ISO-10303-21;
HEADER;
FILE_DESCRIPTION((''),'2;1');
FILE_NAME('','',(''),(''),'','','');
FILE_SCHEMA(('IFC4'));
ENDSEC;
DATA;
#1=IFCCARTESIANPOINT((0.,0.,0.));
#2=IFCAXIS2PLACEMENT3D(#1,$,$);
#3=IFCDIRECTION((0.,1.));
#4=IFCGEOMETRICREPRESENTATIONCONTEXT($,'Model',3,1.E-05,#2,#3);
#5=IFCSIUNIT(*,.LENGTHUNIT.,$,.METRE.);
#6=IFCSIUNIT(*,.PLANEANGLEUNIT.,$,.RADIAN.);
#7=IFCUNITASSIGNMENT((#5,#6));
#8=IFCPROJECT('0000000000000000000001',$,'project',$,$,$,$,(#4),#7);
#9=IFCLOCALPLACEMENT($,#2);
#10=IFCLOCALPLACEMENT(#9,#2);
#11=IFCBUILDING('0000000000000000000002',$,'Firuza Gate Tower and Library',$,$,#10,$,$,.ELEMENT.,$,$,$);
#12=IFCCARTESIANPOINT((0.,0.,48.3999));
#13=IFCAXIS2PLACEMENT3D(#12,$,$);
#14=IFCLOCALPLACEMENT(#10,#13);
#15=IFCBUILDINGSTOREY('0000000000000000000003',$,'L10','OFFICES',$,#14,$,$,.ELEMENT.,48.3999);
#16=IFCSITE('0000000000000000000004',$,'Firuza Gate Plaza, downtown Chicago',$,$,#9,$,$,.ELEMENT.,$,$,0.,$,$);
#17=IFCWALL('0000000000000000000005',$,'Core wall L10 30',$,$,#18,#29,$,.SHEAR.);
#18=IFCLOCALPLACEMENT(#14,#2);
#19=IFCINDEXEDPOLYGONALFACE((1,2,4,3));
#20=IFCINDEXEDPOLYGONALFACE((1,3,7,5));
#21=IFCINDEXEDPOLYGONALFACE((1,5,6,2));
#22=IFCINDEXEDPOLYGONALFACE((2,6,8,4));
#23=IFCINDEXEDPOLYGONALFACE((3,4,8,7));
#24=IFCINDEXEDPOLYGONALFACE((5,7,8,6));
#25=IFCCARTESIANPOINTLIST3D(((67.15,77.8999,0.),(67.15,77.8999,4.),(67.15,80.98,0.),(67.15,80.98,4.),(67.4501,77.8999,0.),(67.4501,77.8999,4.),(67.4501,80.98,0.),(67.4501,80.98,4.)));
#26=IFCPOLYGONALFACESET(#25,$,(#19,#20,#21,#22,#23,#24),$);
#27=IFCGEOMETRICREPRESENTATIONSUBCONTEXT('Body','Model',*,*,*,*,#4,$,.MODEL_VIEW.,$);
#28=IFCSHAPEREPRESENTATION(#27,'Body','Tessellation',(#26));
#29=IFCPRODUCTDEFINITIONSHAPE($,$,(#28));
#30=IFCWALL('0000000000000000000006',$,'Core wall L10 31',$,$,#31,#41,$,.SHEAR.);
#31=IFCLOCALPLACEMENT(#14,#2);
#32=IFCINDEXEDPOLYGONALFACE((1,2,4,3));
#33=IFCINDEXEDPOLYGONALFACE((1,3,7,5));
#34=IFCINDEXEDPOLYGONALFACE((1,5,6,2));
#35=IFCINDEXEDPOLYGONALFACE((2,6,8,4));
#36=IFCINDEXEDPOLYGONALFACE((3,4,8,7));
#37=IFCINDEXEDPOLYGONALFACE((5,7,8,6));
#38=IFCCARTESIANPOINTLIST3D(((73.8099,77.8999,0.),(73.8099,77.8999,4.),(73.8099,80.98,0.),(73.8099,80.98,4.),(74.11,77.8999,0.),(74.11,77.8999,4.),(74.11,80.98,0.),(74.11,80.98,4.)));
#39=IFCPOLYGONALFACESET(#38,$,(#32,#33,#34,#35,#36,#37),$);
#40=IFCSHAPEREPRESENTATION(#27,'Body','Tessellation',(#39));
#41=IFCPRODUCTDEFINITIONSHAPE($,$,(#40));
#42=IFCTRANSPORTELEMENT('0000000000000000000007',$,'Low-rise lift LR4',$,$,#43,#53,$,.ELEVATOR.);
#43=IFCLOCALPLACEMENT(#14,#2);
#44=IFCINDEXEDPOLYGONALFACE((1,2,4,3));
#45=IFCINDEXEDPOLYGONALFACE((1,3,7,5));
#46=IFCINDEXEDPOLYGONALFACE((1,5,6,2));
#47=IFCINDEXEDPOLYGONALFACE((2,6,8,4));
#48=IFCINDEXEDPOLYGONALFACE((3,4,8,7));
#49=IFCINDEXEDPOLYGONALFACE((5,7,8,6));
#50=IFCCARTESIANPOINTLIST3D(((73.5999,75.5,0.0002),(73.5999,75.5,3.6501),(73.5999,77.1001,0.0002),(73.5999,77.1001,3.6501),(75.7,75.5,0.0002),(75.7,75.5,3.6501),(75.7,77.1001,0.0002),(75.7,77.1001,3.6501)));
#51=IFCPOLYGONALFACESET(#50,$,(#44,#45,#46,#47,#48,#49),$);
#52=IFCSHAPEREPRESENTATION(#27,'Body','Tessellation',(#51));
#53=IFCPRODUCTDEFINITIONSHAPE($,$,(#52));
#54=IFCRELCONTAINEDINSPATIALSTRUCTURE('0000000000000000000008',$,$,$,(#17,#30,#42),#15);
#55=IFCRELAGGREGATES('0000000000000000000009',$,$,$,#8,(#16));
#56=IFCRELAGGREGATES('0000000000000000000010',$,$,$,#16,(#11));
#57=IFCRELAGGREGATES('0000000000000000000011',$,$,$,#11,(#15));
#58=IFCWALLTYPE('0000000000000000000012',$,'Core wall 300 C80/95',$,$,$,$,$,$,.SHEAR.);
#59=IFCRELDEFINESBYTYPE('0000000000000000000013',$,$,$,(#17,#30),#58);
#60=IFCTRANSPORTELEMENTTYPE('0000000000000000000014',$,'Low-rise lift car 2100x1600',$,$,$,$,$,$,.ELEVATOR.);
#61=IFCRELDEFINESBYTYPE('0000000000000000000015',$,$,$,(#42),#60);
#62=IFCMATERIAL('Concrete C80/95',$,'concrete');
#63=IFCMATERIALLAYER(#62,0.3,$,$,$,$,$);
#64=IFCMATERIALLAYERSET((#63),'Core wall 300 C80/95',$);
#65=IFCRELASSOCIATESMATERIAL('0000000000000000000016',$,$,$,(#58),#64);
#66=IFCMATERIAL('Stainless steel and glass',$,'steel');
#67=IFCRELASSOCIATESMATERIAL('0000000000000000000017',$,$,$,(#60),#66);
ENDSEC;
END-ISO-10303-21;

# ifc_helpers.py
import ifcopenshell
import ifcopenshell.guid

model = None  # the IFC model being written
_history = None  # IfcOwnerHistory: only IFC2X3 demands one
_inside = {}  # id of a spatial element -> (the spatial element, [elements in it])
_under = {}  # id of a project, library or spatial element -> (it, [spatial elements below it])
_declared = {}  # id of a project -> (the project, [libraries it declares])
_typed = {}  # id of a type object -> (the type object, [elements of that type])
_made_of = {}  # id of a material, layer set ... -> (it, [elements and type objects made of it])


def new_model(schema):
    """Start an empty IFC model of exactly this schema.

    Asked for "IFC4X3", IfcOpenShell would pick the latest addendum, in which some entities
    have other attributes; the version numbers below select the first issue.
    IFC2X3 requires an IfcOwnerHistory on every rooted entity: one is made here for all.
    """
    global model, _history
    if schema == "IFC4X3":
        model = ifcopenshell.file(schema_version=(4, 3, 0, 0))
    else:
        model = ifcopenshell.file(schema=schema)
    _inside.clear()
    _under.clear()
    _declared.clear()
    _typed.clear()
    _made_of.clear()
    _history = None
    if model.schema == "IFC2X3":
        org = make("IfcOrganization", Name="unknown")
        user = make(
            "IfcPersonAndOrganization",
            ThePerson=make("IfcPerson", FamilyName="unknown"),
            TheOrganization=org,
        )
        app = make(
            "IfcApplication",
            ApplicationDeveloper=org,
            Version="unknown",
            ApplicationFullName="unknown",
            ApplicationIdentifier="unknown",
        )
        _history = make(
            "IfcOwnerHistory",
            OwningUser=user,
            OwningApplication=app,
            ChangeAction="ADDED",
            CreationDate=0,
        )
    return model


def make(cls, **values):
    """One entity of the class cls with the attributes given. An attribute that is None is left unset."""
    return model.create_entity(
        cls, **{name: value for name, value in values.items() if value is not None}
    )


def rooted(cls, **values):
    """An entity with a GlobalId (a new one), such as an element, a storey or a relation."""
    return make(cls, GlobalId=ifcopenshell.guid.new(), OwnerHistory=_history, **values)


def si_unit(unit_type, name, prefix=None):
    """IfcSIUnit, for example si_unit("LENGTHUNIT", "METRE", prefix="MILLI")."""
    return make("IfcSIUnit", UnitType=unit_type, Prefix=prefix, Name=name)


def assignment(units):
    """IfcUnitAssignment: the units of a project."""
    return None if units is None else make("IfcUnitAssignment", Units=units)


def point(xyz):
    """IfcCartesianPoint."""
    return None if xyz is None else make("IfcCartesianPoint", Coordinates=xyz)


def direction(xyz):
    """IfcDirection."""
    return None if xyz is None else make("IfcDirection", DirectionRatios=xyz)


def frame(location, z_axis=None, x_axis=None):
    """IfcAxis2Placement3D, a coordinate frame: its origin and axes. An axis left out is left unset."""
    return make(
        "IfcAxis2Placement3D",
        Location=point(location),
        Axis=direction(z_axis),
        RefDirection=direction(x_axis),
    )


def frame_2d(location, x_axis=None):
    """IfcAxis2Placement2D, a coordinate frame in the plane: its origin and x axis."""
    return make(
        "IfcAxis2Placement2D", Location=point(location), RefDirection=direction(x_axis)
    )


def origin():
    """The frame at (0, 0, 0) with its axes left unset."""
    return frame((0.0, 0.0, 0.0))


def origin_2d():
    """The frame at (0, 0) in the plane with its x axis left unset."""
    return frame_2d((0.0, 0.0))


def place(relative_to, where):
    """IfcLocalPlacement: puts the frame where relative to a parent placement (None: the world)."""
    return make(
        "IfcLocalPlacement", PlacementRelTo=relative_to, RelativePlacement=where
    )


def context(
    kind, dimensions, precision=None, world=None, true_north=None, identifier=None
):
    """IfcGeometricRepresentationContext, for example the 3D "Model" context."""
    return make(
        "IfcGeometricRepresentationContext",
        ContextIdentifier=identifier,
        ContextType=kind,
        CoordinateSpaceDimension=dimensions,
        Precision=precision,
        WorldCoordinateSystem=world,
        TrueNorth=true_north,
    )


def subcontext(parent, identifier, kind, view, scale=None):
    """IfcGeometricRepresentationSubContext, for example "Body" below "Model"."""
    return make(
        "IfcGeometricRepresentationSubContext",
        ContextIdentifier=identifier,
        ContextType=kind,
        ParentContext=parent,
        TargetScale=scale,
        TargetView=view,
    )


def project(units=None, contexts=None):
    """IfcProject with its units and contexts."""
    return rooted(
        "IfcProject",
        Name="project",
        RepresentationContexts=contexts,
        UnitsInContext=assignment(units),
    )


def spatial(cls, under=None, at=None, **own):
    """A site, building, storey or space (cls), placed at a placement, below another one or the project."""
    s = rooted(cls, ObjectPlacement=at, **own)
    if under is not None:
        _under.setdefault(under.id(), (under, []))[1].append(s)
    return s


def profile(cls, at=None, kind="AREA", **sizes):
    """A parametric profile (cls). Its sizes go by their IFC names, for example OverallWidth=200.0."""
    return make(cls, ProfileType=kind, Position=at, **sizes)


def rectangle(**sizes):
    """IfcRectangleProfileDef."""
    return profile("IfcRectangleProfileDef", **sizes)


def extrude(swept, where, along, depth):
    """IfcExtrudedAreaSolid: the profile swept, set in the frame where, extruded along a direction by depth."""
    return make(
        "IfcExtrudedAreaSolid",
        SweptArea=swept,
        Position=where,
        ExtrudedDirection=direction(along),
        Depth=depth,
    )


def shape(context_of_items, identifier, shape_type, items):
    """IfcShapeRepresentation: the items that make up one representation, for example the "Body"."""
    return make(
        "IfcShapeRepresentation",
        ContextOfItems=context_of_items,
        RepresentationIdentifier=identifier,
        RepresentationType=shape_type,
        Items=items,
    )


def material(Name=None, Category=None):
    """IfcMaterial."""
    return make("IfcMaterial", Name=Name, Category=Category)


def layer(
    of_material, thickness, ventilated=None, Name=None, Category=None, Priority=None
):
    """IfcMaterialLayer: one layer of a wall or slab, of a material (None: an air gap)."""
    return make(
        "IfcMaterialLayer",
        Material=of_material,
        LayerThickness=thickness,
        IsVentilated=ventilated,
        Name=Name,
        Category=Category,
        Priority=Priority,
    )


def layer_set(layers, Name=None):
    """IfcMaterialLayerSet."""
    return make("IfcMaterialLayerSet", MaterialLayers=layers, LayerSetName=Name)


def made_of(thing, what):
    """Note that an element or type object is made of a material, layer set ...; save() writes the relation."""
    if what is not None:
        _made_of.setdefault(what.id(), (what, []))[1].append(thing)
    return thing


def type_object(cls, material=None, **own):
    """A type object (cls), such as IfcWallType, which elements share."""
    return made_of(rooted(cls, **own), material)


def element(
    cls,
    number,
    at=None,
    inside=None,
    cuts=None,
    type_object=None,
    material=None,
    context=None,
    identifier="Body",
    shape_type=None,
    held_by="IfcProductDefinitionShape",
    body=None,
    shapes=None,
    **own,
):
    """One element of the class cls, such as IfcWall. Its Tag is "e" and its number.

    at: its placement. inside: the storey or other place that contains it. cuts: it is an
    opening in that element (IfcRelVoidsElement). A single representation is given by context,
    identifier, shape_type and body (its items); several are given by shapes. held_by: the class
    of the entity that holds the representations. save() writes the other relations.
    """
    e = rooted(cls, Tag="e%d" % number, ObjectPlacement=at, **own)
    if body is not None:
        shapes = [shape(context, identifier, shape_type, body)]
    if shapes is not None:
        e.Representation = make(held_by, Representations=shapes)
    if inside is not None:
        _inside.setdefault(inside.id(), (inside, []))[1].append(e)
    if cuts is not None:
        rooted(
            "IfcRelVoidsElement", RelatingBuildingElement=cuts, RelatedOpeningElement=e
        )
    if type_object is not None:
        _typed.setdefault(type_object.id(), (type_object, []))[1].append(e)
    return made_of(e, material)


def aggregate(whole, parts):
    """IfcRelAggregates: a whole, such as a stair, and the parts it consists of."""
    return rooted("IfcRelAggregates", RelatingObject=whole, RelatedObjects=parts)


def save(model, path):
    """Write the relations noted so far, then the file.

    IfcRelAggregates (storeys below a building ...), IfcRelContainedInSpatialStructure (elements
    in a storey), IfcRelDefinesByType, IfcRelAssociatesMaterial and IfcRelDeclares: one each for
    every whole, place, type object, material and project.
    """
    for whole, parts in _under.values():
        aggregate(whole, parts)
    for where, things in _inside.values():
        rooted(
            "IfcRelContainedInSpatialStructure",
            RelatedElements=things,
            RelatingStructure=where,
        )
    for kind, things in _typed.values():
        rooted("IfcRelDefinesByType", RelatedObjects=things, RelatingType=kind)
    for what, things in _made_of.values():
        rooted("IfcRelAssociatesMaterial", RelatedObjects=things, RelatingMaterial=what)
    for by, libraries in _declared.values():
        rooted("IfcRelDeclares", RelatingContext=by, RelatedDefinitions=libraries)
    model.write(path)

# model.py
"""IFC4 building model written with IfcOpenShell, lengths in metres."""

from ifc_helpers import new_model, si_unit, direction, frame, frame_2d, origin, origin_2d, place, context, subcontext, project, spatial, rectangle, extrude, material, layer, layer_set, type_object, element, save


model = new_model("IFC4")

# Units and contexts
model_context = context("Model", 3, precision=1e-05, world=origin(), true_north=direction((0.0, 1.0)))
body_context = subcontext(model_context, "Body", "Model", "MODEL_VIEW")
ifc_project = project(units=[si_unit("LENGTHUNIT", "METRE"), si_unit("PLANEANGLEUNIT", "RADIAN")], contexts=[model_context])

# Site, building, storey
site_placement = place(None, origin())
site = spatial("IfcSite", under=ifc_project, at=site_placement, Name="Firuza Gate Plaza, downtown Chicago", CompositionType="ELEMENT", RefElevation=0.0)
building_placement = place(site_placement, origin())
building = spatial("IfcBuilding", under=site, at=building_placement, Name="Firuza Gate Tower and Library", CompositionType="ELEMENT")
storey_placement = place(building_placement, frame((0.0, 0.0, 48.3999)))
storey = spatial("IfcBuildingStorey", under=building, at=storey_placement, Name="L10", Description="OFFICES", CompositionType="ELEMENT", Elevation=48.3999)

# Shared definitions
ifc_material_1 = material(Name="Concrete C80/95", Category="concrete")
ifc_layer_1 = layer(ifc_material_1, 0.3)
ifc_layer_set_1 = layer_set([ifc_layer_1], Name="Core wall 300 C80/95")
wall_type_1 = type_object("IfcWallType", Name="Core wall 300 C80/95", PredefinedType="SHEAR", material=ifc_layer_set_1)

# Walls
for number, where, z_axis, x_axis, name in (
    (1, (67.3, 77.8999, 0.0), (0.0, 0.0, 1.0), (0.0, 1.0, 0.0), "Core wall L10 30"),
    (2, (73.96, 77.8999, 0.0), (0.0, 0.0, 1.0), (0.0, 1.0, 0.0), "Core wall L10 31"),
):
    element("IfcWall", number, at=place(storey_placement, frame(where, z_axis=z_axis, x_axis=x_axis)), inside=storey, type_object=wall_type_1, Name=name, PredefinedType="SHEAR", context=body_context, shape_type="SweptSolid", body=[
        extrude(rectangle(XDim=3.0801, YDim=0.3, at=frame_2d((1.54, 0.0))), origin(), (0.0, 0.0, 1.0), 4.0),
    ])

# Transport element
ifc_material_2 = material(Name="Stainless steel and glass", Category="steel")
transport_element_type = type_object("IfcTransportElementType", Name="Low-rise lift car 2100x1600", PredefinedType="ELEVATOR", material=ifc_material_2)
transport_element_placement = place(storey_placement, frame((74.6499, 76.3, 0.0002), z_axis=(0.0, 0.0, 1.0), x_axis=(1.0, 0.0, 0.0)))
element("IfcTransportElement", 3, at=transport_element_placement, inside=storey, type_object=transport_element_type, Name="Low-rise lift LR4", PredefinedType="ELEVATOR", context=body_context, shape_type="SweptSolid", body=[
    extrude(rectangle(XDim=2.1001, YDim=1.6001, at=origin_2d()), origin(), (0.0, 0.0, 1.0), 3.6499),
])

save(model, "model.ifc")
